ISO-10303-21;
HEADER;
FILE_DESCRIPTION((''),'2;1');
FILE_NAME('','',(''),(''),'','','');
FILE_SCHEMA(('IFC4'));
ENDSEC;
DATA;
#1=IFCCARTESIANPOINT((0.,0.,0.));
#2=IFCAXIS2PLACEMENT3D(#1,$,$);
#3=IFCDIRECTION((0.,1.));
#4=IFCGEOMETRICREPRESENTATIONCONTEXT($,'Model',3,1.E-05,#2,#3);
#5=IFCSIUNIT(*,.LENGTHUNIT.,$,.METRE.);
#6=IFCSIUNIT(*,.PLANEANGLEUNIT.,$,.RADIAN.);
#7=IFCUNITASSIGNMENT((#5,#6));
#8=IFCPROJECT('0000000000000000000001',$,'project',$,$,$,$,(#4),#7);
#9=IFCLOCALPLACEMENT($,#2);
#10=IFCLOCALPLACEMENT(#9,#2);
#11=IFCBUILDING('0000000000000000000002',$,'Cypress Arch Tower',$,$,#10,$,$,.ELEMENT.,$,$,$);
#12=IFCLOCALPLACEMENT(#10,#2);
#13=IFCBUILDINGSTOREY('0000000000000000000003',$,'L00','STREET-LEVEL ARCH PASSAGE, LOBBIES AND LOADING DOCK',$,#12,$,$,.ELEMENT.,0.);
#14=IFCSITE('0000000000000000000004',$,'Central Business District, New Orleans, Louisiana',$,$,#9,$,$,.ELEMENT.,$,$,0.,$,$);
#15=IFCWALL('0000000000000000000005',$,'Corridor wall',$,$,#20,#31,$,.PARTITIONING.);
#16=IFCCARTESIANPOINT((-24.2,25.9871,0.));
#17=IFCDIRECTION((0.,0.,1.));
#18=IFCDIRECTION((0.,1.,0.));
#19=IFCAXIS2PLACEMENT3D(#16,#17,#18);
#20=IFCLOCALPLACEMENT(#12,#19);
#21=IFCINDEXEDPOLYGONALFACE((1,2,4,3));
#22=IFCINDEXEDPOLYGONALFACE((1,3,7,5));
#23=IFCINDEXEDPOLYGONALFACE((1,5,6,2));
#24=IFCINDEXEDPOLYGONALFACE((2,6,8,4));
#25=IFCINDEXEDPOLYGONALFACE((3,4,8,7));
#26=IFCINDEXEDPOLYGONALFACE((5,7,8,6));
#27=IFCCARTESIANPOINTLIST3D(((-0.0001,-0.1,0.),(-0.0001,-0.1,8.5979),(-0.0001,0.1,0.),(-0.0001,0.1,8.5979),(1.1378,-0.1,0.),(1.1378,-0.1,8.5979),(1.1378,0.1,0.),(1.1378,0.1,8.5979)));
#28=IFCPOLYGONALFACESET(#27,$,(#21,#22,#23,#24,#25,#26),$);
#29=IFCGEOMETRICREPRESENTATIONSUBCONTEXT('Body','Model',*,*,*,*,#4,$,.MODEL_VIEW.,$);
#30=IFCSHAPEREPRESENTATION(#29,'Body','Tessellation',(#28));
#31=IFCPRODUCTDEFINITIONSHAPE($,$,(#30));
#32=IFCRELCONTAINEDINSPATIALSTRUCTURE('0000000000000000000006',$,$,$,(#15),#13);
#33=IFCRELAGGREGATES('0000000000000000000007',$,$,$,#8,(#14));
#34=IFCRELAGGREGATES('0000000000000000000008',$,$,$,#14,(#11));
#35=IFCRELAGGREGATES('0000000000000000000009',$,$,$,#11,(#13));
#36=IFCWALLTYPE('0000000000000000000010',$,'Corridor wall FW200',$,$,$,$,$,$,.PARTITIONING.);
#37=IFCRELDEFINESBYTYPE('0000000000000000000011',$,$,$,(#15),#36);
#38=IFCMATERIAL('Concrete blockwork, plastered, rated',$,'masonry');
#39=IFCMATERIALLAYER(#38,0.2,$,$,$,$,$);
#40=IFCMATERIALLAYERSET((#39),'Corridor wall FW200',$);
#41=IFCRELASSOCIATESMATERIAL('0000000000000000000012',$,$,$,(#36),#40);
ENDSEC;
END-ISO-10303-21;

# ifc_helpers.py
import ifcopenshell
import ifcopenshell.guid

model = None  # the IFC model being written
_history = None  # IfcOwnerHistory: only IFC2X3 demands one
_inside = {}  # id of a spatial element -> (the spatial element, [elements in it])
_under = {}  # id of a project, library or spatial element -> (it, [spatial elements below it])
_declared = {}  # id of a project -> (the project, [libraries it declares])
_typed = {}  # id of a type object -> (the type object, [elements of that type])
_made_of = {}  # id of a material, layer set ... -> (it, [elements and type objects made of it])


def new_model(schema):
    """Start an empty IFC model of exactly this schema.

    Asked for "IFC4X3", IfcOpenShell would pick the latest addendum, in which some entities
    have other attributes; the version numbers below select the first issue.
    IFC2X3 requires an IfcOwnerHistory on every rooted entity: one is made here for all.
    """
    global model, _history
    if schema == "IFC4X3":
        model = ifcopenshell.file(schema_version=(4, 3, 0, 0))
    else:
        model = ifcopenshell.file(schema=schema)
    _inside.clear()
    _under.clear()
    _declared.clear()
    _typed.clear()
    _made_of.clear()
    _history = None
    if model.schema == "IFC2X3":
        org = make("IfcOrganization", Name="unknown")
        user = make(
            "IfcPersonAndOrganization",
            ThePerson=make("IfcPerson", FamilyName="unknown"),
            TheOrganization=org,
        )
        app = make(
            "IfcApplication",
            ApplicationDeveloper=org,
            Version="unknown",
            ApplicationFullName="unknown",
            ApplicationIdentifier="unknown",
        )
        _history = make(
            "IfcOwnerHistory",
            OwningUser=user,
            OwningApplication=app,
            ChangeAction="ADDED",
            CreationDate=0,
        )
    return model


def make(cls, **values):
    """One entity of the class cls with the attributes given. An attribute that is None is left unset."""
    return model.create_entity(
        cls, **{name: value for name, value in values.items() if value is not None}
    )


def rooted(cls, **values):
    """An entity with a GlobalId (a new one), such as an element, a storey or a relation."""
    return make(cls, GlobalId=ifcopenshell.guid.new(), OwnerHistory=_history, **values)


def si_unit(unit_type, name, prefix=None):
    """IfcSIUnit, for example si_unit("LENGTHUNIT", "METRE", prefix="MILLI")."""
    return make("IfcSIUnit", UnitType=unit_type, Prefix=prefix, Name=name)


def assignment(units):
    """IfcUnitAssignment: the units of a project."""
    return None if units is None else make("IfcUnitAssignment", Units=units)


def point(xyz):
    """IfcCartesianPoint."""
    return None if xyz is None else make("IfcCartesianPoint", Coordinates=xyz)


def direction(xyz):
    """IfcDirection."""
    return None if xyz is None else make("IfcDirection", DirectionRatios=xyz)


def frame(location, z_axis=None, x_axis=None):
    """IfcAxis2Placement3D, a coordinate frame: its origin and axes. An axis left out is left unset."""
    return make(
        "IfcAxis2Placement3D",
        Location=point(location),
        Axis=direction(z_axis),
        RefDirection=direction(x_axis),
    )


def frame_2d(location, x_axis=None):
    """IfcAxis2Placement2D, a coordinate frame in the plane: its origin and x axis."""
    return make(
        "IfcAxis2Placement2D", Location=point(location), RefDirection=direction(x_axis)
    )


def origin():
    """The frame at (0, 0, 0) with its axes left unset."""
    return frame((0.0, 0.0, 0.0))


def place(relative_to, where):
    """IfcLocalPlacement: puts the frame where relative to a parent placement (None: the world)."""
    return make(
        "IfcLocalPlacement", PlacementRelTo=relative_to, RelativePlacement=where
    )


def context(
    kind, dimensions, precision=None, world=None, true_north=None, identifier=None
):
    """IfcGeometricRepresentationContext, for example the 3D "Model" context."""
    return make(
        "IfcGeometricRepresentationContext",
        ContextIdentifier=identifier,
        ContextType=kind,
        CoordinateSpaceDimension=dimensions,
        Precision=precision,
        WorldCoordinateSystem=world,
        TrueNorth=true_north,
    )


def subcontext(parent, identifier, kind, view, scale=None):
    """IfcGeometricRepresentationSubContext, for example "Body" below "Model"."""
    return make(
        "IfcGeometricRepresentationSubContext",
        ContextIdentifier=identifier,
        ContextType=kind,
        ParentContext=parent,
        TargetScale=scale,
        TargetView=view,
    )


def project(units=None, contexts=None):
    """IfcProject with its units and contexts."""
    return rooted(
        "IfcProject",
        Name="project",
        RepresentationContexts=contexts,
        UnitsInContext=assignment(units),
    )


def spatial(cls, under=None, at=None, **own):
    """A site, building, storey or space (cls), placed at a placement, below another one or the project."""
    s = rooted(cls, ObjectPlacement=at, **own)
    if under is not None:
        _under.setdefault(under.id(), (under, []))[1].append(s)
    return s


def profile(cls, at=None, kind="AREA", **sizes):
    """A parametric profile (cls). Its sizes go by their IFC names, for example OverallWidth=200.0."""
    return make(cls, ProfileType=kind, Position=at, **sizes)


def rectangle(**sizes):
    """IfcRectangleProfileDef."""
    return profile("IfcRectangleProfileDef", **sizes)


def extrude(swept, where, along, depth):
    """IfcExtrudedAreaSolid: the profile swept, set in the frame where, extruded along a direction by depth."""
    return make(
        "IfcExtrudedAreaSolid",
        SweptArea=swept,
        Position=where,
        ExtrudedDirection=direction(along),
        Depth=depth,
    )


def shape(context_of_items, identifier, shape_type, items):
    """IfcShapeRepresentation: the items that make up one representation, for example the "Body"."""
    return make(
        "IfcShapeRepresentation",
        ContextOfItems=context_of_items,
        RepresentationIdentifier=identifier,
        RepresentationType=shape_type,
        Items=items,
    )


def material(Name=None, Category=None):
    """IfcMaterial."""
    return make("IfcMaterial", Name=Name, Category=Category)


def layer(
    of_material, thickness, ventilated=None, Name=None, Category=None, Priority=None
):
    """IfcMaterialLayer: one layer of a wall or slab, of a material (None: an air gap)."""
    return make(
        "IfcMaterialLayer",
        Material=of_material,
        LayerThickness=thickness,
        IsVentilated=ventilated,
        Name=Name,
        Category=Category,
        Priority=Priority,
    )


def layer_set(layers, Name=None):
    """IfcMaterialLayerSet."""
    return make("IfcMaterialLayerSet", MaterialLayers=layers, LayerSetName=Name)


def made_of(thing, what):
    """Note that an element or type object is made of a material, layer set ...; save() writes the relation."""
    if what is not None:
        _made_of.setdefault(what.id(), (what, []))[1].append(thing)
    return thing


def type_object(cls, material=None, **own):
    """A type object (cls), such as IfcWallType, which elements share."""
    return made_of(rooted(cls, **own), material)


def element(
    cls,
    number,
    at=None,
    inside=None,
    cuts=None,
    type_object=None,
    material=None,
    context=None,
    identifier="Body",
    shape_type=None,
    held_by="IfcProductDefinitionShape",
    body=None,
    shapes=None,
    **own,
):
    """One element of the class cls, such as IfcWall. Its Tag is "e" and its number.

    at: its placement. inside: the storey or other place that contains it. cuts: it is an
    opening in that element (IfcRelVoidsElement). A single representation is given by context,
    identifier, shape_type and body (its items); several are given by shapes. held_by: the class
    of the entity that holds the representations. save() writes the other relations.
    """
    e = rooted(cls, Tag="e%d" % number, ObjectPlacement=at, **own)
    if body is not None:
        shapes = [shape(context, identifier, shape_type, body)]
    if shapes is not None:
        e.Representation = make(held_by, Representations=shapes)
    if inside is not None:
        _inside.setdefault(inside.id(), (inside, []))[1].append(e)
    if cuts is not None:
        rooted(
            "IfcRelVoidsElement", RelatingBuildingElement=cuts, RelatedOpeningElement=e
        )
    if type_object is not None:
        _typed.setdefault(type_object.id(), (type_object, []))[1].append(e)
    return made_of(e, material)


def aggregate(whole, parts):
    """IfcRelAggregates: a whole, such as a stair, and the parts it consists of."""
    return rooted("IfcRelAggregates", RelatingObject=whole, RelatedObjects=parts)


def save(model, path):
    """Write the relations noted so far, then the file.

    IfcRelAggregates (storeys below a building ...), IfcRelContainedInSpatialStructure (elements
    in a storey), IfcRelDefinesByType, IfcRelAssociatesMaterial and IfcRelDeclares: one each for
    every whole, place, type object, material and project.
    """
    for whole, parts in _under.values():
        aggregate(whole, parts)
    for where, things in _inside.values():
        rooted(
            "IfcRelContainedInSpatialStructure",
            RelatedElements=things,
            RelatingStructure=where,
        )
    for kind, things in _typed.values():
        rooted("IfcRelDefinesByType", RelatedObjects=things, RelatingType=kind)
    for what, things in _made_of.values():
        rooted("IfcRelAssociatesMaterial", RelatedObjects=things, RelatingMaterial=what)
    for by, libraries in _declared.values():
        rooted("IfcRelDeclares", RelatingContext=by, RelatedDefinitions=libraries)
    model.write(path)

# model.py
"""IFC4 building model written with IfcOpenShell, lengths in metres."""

from ifc_helpers import new_model, si_unit, direction, frame, frame_2d, origin, place, context, subcontext, project, spatial, rectangle, extrude, material, layer, layer_set, type_object, element, save


model = new_model("IFC4")

# Units and contexts
model_context = context("Model", 3, precision=1e-05, world=origin(), true_north=direction((0.0, 1.0)))
body_context = subcontext(model_context, "Body", "Model", "MODEL_VIEW")
ifc_project = project(units=[si_unit("LENGTHUNIT", "METRE"), si_unit("PLANEANGLEUNIT", "RADIAN")], contexts=[model_context])

# Site, building, storey
site_placement = place(None, origin())
site = spatial("IfcSite", under=ifc_project, at=site_placement, Name="Central Business District, New Orleans, Louisiana", CompositionType="ELEMENT", RefElevation=0.0)
building_placement = place(site_placement, origin())
building = spatial("IfcBuilding", under=site, at=building_placement, Name="Cypress Arch Tower", CompositionType="ELEMENT")
storey_placement = place(building_placement, origin())
storey = spatial("IfcBuildingStorey", under=building, at=storey_placement, Name="L00", Description="STREET-LEVEL ARCH PASSAGE, LOBBIES AND LOADING DOCK", CompositionType="ELEMENT", Elevation=0.0)

# Wall
ifc_material_1 = material(Name="Concrete blockwork, plastered, rated", Category="masonry")
ifc_layer_1 = layer(ifc_material_1, 0.2)
ifc_layer_set_1 = layer_set([ifc_layer_1], Name="Corridor wall FW200")
wall_type_1 = type_object("IfcWallType", Name="Corridor wall FW200", PredefinedType="PARTITIONING", material=ifc_layer_set_1)
wall_1_placement = place(storey_placement, frame((-24.2, 25.9871, 0.0), z_axis=(0.0, 0.0, 1.0), x_axis=(0.0, 1.0, 0.0)))
element("IfcWall", 1, at=wall_1_placement, inside=storey, type_object=wall_type_1, Name="Corridor wall", PredefinedType="PARTITIONING", context=body_context, shape_type="SweptSolid", body=[
    extrude(rectangle(XDim=1.1379, YDim=0.2, at=frame_2d((0.5688, 0.0))), origin(), (0.0, 0.0, 1.0), 8.5979),
])

save(model, "model.ifc")
